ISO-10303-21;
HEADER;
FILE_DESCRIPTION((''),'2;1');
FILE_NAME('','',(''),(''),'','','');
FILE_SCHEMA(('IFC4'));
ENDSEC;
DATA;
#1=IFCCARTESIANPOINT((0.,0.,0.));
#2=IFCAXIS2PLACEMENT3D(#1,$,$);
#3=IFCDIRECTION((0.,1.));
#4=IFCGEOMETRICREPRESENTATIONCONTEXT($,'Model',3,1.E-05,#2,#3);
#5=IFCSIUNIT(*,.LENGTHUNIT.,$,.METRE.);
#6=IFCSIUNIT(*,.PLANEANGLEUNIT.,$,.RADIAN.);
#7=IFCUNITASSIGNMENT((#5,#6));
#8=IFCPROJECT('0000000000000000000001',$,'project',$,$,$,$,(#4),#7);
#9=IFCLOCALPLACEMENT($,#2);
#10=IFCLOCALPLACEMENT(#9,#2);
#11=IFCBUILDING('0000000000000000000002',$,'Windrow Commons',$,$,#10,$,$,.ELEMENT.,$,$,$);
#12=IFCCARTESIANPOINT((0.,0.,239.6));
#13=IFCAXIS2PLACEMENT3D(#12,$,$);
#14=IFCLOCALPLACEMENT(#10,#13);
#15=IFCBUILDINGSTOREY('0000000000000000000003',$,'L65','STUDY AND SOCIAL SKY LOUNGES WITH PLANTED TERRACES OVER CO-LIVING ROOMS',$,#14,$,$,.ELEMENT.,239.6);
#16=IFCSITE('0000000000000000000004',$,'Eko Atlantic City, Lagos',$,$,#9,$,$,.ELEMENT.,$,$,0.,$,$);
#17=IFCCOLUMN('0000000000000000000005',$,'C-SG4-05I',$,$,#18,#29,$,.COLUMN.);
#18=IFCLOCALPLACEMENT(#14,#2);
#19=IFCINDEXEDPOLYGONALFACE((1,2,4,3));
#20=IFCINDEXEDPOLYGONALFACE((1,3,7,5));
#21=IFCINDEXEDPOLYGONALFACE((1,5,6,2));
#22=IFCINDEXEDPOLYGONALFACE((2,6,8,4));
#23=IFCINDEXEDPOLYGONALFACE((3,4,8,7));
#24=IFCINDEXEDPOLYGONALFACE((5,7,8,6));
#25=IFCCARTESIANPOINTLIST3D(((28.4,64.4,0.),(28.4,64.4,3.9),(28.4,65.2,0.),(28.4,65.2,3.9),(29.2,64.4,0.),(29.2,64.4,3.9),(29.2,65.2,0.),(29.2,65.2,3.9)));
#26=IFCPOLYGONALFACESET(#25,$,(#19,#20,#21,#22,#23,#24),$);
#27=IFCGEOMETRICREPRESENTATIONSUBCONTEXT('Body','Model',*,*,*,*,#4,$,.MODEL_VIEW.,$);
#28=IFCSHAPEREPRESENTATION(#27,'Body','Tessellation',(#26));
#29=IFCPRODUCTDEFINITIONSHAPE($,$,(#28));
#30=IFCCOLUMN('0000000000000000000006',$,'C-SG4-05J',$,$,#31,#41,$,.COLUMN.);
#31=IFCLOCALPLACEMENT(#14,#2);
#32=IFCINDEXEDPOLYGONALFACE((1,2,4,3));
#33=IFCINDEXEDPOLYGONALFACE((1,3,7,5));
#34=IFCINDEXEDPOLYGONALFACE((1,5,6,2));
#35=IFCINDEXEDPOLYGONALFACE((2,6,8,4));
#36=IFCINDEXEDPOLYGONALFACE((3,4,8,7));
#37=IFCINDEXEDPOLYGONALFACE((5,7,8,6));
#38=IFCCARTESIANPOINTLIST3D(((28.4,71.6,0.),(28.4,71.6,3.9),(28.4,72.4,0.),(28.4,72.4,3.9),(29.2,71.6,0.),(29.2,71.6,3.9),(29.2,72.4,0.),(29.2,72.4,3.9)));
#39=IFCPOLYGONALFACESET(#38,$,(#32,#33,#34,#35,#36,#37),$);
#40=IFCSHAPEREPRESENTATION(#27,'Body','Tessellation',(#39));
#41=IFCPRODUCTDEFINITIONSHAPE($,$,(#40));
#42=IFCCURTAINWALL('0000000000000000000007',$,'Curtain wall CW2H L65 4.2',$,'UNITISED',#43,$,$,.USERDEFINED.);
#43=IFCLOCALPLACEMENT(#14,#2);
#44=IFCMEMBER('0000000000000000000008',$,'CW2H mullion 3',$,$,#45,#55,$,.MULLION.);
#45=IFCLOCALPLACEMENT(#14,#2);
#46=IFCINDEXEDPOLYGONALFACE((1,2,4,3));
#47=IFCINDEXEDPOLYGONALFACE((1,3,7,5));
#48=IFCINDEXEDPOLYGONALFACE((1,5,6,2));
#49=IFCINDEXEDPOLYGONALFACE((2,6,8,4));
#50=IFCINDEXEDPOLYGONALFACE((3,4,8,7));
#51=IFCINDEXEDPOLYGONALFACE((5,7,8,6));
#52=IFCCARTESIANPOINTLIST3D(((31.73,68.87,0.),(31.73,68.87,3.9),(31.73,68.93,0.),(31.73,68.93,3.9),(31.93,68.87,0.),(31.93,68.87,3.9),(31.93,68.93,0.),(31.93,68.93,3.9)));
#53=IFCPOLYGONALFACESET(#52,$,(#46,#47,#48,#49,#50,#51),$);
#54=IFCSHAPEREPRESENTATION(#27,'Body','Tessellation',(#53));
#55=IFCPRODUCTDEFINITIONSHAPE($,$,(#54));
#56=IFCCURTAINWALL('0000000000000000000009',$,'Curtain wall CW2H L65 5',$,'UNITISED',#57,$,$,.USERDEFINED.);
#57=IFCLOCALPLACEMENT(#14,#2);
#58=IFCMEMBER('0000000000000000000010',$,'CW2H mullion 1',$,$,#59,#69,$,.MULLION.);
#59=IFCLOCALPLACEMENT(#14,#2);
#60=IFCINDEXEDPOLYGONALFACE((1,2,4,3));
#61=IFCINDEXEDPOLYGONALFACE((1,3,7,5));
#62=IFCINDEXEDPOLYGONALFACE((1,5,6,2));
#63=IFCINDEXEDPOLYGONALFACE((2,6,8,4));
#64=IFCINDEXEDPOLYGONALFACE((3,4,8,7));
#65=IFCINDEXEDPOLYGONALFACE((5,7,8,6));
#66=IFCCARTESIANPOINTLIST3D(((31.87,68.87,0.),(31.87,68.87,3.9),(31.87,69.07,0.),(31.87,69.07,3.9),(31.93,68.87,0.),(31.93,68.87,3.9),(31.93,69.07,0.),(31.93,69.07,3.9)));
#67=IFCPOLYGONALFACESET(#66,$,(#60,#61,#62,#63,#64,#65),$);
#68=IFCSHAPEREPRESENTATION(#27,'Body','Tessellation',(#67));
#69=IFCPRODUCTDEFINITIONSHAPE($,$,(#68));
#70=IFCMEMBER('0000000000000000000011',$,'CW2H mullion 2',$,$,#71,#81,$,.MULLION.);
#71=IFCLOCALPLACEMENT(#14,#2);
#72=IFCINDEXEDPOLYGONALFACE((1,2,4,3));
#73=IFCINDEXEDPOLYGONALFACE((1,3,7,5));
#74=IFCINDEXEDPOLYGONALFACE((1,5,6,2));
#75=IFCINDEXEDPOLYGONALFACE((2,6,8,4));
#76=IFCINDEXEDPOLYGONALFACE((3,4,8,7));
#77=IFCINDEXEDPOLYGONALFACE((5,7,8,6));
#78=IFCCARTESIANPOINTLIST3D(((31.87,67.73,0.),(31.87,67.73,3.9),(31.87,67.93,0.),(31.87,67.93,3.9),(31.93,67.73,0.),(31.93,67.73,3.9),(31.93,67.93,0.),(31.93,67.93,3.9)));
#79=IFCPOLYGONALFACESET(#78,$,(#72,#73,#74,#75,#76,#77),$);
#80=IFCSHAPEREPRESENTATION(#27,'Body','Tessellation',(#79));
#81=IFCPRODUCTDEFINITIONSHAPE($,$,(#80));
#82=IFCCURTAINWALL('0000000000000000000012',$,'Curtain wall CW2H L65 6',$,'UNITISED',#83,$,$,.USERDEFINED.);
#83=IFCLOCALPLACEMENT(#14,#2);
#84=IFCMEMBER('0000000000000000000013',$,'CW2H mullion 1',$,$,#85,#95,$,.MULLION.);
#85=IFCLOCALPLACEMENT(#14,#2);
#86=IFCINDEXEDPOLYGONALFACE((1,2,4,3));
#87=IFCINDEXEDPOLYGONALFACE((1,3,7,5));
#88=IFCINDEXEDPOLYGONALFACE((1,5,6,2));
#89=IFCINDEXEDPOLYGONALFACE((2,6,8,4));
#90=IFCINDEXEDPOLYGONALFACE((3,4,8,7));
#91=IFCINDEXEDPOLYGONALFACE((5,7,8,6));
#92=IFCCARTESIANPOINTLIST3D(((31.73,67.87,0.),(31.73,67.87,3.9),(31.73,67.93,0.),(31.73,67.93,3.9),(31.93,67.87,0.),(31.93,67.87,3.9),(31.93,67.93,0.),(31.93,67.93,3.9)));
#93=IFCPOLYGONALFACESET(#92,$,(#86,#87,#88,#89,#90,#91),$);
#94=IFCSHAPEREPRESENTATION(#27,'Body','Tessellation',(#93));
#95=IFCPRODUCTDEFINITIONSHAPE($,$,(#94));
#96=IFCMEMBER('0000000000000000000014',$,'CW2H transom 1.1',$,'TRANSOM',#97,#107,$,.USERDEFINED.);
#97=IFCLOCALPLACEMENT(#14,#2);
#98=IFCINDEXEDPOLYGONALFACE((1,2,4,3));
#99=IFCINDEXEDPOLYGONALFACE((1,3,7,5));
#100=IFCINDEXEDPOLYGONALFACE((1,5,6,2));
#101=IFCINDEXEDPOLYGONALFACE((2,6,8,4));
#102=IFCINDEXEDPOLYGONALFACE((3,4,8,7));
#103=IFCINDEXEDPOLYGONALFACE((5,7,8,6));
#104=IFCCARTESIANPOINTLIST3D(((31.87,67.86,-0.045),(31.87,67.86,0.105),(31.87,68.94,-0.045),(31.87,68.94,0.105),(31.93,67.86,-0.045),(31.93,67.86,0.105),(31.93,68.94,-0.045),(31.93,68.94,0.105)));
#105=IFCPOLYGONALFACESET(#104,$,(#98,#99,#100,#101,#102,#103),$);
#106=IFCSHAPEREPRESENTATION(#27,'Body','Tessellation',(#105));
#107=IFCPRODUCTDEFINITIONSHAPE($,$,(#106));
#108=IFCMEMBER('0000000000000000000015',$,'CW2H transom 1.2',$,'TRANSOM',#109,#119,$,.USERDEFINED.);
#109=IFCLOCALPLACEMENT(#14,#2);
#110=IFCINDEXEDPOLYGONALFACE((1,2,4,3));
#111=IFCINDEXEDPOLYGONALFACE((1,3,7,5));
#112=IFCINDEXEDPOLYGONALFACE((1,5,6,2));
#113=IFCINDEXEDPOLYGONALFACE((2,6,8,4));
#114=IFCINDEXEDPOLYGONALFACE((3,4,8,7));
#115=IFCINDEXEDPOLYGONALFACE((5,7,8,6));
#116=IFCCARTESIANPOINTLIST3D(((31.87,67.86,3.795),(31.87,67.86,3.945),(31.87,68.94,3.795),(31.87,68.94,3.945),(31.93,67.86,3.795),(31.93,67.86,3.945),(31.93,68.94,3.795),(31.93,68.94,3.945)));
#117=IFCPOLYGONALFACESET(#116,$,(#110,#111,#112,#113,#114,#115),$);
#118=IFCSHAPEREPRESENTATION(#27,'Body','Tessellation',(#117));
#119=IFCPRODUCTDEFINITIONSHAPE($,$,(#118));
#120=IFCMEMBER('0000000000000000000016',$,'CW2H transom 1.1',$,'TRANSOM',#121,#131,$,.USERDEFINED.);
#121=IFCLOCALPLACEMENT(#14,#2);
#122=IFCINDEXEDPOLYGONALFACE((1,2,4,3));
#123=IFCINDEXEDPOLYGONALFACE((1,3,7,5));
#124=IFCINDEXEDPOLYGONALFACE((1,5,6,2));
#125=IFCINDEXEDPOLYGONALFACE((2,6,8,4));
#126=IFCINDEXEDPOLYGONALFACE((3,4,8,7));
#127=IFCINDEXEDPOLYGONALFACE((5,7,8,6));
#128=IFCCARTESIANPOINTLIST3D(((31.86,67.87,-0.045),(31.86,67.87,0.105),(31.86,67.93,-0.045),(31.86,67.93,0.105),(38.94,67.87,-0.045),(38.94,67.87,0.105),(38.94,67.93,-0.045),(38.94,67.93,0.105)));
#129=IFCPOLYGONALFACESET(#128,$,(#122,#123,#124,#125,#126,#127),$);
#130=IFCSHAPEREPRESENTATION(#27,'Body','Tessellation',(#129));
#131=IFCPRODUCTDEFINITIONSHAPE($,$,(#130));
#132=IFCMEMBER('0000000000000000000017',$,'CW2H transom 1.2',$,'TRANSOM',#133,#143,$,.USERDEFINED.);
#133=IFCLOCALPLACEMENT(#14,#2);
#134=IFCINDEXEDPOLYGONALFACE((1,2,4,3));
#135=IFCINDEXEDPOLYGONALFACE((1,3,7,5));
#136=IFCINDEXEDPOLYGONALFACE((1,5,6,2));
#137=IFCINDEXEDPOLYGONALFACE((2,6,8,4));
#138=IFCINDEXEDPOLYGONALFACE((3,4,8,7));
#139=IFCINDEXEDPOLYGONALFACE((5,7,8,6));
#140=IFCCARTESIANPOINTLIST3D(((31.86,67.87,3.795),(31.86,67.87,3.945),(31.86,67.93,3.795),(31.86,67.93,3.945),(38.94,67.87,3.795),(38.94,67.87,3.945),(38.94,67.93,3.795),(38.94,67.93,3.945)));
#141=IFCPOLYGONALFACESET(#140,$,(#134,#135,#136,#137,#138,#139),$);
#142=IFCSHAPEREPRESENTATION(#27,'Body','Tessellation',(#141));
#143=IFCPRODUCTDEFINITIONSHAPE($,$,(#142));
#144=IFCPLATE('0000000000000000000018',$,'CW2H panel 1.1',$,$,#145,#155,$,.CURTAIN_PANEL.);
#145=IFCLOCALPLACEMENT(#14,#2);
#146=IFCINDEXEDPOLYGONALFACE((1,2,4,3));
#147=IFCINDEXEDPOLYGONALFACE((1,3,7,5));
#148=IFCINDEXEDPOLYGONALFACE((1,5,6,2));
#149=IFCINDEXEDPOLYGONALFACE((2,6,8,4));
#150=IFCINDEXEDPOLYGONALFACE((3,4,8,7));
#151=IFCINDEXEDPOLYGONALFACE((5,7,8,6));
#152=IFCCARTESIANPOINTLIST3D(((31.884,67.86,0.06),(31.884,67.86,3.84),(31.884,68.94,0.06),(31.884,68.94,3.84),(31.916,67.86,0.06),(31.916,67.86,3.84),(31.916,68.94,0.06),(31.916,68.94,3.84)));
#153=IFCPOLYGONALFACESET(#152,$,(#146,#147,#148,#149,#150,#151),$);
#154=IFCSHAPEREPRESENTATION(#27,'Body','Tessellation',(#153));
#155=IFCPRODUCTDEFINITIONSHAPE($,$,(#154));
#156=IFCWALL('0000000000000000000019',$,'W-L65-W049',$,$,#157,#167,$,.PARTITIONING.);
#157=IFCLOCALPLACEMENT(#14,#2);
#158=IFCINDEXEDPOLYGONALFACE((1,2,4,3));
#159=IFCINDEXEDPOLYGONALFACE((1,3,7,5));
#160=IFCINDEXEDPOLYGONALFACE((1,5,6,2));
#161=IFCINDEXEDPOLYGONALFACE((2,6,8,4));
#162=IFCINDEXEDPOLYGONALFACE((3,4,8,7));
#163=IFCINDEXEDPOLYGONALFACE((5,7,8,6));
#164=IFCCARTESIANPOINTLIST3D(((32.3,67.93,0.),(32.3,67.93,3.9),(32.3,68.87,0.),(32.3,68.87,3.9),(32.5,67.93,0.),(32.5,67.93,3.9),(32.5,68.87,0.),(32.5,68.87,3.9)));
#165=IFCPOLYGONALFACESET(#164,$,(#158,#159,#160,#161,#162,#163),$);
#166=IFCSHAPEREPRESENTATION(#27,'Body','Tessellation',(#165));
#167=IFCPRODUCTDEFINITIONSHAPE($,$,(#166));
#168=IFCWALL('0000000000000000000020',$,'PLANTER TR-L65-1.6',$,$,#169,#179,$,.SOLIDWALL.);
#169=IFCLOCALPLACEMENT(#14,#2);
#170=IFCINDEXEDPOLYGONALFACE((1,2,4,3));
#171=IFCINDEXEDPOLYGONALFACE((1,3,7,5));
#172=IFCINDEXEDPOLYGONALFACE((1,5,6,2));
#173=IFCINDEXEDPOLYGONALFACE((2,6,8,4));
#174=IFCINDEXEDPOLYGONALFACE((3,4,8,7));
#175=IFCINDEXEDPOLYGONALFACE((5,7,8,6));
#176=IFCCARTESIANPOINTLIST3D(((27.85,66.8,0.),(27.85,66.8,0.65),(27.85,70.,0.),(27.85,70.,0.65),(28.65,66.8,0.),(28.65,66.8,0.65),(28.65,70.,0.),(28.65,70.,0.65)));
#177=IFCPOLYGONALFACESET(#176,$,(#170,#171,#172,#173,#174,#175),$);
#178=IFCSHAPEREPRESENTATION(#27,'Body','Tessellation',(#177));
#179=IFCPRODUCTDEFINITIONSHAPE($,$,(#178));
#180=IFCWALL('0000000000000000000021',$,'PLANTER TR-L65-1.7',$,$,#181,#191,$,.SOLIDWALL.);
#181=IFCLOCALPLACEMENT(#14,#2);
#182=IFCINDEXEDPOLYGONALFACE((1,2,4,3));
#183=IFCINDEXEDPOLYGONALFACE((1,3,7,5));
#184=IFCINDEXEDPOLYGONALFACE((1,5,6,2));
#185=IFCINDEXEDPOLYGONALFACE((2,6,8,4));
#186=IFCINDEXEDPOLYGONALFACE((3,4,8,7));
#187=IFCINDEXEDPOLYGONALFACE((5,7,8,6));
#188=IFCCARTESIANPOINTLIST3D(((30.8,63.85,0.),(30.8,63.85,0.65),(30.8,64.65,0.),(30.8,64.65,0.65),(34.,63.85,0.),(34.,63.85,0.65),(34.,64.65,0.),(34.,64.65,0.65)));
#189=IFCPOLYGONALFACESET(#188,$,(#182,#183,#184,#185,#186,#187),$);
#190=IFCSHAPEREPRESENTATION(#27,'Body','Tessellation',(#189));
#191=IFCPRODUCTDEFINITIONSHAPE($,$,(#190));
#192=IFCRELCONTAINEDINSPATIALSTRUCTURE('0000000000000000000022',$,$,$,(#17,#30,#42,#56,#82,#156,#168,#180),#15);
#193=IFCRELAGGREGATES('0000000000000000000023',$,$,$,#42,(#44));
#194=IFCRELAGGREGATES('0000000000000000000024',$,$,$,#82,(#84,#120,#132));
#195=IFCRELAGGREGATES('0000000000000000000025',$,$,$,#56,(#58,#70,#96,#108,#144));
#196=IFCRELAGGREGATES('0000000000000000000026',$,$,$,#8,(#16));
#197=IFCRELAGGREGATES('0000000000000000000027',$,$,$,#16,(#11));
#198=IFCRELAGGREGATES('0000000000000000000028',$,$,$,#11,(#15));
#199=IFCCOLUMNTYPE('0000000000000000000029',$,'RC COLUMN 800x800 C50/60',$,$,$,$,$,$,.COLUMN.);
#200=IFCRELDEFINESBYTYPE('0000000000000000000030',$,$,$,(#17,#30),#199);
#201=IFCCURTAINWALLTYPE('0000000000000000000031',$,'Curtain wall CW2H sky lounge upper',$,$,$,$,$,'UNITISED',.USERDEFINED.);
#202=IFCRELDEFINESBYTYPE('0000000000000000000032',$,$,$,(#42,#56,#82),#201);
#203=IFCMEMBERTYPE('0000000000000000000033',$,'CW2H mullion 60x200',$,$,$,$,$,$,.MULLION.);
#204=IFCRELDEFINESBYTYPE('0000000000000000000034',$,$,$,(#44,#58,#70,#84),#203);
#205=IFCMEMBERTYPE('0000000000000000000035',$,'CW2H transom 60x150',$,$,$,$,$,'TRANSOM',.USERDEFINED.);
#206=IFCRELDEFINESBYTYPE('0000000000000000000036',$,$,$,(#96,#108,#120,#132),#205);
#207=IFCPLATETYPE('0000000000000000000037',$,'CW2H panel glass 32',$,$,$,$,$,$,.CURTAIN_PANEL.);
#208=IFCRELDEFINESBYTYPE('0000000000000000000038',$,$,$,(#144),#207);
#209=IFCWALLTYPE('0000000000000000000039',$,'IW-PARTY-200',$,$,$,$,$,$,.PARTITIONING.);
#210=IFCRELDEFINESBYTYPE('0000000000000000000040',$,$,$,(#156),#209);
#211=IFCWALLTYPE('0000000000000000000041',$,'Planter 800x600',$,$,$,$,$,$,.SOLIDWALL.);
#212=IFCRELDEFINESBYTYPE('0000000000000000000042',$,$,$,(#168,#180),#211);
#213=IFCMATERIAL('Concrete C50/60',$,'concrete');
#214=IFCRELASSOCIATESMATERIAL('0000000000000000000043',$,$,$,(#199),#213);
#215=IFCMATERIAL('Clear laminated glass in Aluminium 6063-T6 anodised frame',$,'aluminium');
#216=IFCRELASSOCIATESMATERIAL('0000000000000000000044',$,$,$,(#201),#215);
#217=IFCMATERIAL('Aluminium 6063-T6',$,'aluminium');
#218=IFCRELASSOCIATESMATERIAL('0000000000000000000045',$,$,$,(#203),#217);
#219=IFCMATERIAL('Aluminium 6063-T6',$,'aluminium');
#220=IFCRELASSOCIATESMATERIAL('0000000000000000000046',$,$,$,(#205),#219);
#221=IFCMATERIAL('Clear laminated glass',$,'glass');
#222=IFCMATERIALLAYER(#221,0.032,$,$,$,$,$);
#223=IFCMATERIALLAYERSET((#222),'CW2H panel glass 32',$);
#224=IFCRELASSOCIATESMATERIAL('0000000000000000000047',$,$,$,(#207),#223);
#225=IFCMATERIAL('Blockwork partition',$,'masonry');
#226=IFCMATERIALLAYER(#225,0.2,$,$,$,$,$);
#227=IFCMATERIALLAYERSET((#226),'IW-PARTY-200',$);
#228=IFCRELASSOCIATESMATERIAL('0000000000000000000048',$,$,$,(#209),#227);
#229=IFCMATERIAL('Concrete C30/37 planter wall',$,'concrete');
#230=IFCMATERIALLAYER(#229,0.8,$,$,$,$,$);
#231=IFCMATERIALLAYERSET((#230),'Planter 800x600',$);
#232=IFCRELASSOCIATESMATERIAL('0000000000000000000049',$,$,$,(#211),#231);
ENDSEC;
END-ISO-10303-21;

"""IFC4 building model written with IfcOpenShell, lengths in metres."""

from ifc_helpers import new_model, si_unit, direction, frame, frame_2d, origin, origin_2d, place, context, subcontext, project, spatial, rectangle, extrude, material, layer, layer_set, material_profile, profile_set, type_object, element, aggregate, save


model = new_model("IFC4")

# Units and contexts
model_context = context("Model", 3, precision=1e-05, world=origin(), true_north=direction((0.0, 1.0)))
body_context = subcontext(model_context, "Body", "Model", "MODEL_VIEW")
ifc_project = project(units=[si_unit("LENGTHUNIT", "METRE"), si_unit("PLANEANGLEUNIT", "RADIAN")], contexts=[model_context])

# Site, building, storey
site_placement = place(None, origin())
site = spatial("IfcSite", under=ifc_project, at=site_placement, Name="Eko Atlantic City, Lagos", CompositionType="ELEMENT", RefElevation=0.0)
building_placement = place(site_placement, origin())
building = spatial("IfcBuilding", under=site, at=building_placement, Name="Windrow Commons", CompositionType="ELEMENT")
storey_placement = place(building_placement, frame((0.0, 0.0, 239.6)))
storey = spatial("IfcBuildingStorey", under=building, at=storey_placement, Name="L65", Description="STUDY AND SOCIAL SKY LOUNGES WITH PLANTED TERRACES OVER CO-LIVING ROOMS", CompositionType="ELEMENT", Elevation=239.6)

# Columns
ifc_material_1 = material(Name="Concrete C50/60", Category="concrete")
ifc_material_profile_1 = material_profile(ifc_material_1, rectangle(XDim=0.8, YDim=0.8, at=origin_2d()))
ifc_profile_set_1 = profile_set([ifc_material_profile_1], Name="Concrete C50/60")
column_type = type_object("IfcColumnType", Name="RC COLUMN 800x800 C50/60", PredefinedType="COLUMN", material=ifc_profile_set_1)
for number, where, z_axis, x_axis, name in (
    (1, (28.8, 64.8, 0.0), (0.0, 0.0, 1.0), (1.0, 0.0, 0.0), "C-SG4-05I"),
    (2, (28.8, 72.0, 0.0), (0.0, 0.0, 1.0), (1.0, 0.0, 0.0), "C-SG4-05J"),
):
    element("IfcColumn", number, at=place(storey_placement, frame(where, z_axis=z_axis, x_axis=x_axis)), inside=storey, type_object=column_type, Name=name, PredefinedType="COLUMN", context=body_context, shape_type="SweptSolid", body=[
        extrude(rectangle(XDim=0.8, YDim=0.8, at=origin_2d()), origin(), (0.0, 0.0, 1.0), 3.9),
    ])

# Curtain wall, member
ifc_material_2 = material(Name="Clear laminated glass in Aluminium 6063-T6 anodised frame", Category="aluminium")
curtain_wall_type = type_object("IfcCurtainWallType", Name="Curtain wall CW2H sky lounge upper", ElementType="UNITISED", PredefinedType="USERDEFINED", material=ifc_material_2)
placement = place(storey_placement, origin())
curtain_wall_1 = element("IfcCurtainWall", 3, at=placement, inside=storey, type_object=curtain_wall_type, Name="Curtain wall CW2H L65 4.2", ObjectType="UNITISED", PredefinedType="USERDEFINED")
ifc_material_3 = material(Name="Aluminium 6063-T6", Category="aluminium")
ifc_material_profile_2 = material_profile(ifc_material_3, rectangle(XDim=0.06, YDim=0.2, at=origin_2d()))
ifc_profile_set_2 = profile_set([ifc_material_profile_2], Name="Aluminium 6063-T6")
member_type_1 = type_object("IfcMemberType", Name="CW2H mullion 60x200", PredefinedType="MULLION", material=ifc_profile_set_2)
member_1_placement = place(storey_placement, frame((31.83, 68.9, 0.0), z_axis=(0.0, 0.0, 1.0), x_axis=(0.0, -1.0, 0.0)))
member_1 = element("IfcMember", 4, at=member_1_placement, type_object=member_type_1, Name="CW2H mullion 3", PredefinedType="MULLION", context=body_context, shape_type="SweptSolid", body=[
    extrude(rectangle(XDim=0.06, YDim=0.2, at=origin_2d()), origin(), (0.0, 0.0, 1.0), 3.9),
])
aggregate(curtain_wall_1, [member_1])

# Curtain wall, members
curtain_wall_2 = element("IfcCurtainWall", 5, at=placement, inside=storey, type_object=curtain_wall_type, Name="Curtain wall CW2H L65 5", ObjectType="UNITISED", PredefinedType="USERDEFINED")
member_2_placement = place(storey_placement, frame((31.9, 68.97, 0.0), z_axis=(0.0, 0.0, 1.0), x_axis=(1.0, 0.0, 0.0)))
member_2 = element("IfcMember", 6, at=member_2_placement, type_object=member_type_1, Name="CW2H mullion 1", PredefinedType="MULLION", context=body_context, shape_type="SweptSolid", body=[
    extrude(rectangle(XDim=0.06, YDim=0.2, at=origin_2d()), origin(), (0.0, 0.0, 1.0), 3.9),
])
member_3_placement = place(storey_placement, frame((31.9, 67.83, 0.0), z_axis=(0.0, 0.0, 1.0), x_axis=(1.0, 0.0, 0.0)))
member_3 = element("IfcMember", 7, at=member_3_placement, type_object=member_type_1, Name="CW2H mullion 2", PredefinedType="MULLION", context=body_context, shape_type="SweptSolid", body=[
    extrude(rectangle(XDim=0.06, YDim=0.2, at=origin_2d()), origin(), (0.0, 0.0, 1.0), 3.9),
])

# Curtain wall, member
curtain_wall_3 = element("IfcCurtainWall", 8, at=placement, inside=storey, type_object=curtain_wall_type, Name="Curtain wall CW2H L65 6", ObjectType="UNITISED", PredefinedType="USERDEFINED")
member_4_placement = place(storey_placement, frame((31.83, 67.9, 0.0), z_axis=(0.0, 0.0, 1.0), x_axis=(0.0, 1.0, 0.0)))
member_4 = element("IfcMember", 9, at=member_4_placement, type_object=member_type_1, Name="CW2H mullion 1", PredefinedType="MULLION", context=body_context, shape_type="SweptSolid", body=[
    extrude(rectangle(XDim=0.06, YDim=0.2, at=origin_2d()), origin(), (0.0, 0.0, 1.0), 3.9),
])

# Members
ifc_material_4 = material(Name="Aluminium 6063-T6", Category="aluminium")
ifc_material_profile_3 = material_profile(ifc_material_4, rectangle(XDim=0.06, YDim=0.15, at=origin_2d()))
ifc_profile_set_3 = profile_set([ifc_material_profile_3], Name="Aluminium 6063-T6")
member_type_2 = type_object("IfcMemberType", Name="CW2H transom 60x150", ElementType="TRANSOM", PredefinedType="USERDEFINED", material=ifc_profile_set_3)
member_5_placement = place(storey_placement, frame((31.9, 68.94, 0.03), z_axis=(0.0, -1.0, 0.0), x_axis=(1.0, 0.0, 0.0)))
member_5 = element("IfcMember", 10, at=member_5_placement, type_object=member_type_2, Name="CW2H transom 1.1", ObjectType="TRANSOM", PredefinedType="USERDEFINED", context=body_context, shape_type="SweptSolid", body=[
    extrude(rectangle(XDim=0.06, YDim=0.15, at=origin_2d()), origin(), (0.0, 0.0, 1.0), 1.08),
])
member_6_placement = place(storey_placement, frame((31.9, 68.94, 3.87), z_axis=(0.0, -1.0, 0.0), x_axis=(1.0, 0.0, 0.0)))
member_6 = element("IfcMember", 11, at=member_6_placement, type_object=member_type_2, Name="CW2H transom 1.2", ObjectType="TRANSOM", PredefinedType="USERDEFINED", context=body_context, shape_type="SweptSolid", body=[
    extrude(rectangle(XDim=0.06, YDim=0.15, at=origin_2d()), origin(), (0.0, 0.0, 1.0), 1.08),
])
member_7_placement = place(storey_placement, frame((31.86, 67.9, 0.03), z_axis=(1.0, 0.0, 0.0), x_axis=(0.0, 1.0, 0.0)))
member_7 = element("IfcMember", 12, at=member_7_placement, type_object=member_type_2, Name="CW2H transom 1.1", ObjectType="TRANSOM", PredefinedType="USERDEFINED", context=body_context, shape_type="SweptSolid", body=[
    extrude(rectangle(XDim=0.06, YDim=0.15, at=origin_2d()), origin(), (0.0, 0.0, 1.0), 7.08),
])
member_8_placement = place(storey_placement, frame((31.86, 67.9, 3.87), z_axis=(1.0, 0.0, 0.0), x_axis=(0.0, 1.0, 0.0)))
member_8 = element("IfcMember", 13, at=member_8_placement, type_object=member_type_2, Name="CW2H transom 1.2", ObjectType="TRANSOM", PredefinedType="USERDEFINED", context=body_context, shape_type="SweptSolid", body=[
    extrude(rectangle(XDim=0.06, YDim=0.15, at=origin_2d()), origin(), (0.0, 0.0, 1.0), 7.08),
])
aggregate(curtain_wall_3, [member_4, member_7, member_8])

# Plate
ifc_material_5 = material(Name="Clear laminated glass", Category="glass")
ifc_layer_1 = layer(ifc_material_5, 0.032)
ifc_layer_set_1 = layer_set([ifc_layer_1], Name="CW2H panel glass 32")
plate_type = type_object("IfcPlateType", Name="CW2H panel glass 32", PredefinedType="CURTAIN_PANEL", material=ifc_layer_set_1)
plate_placement = place(storey_placement, frame((31.9, 68.4, 0.06), z_axis=(0.0, 0.0, 1.0), x_axis=(0.0, -1.0, 0.0)))
plate = element("IfcPlate", 14, at=plate_placement, type_object=plate_type, Name="CW2H panel 1.1", PredefinedType="CURTAIN_PANEL", context=body_context, shape_type="SweptSolid", body=[
    extrude(rectangle(XDim=1.08, YDim=0.032, at=origin_2d()), origin(), (0.0, 0.0, 1.0), 3.78),
])
aggregate(curtain_wall_2, [member_2, member_3, member_5, member_6, plate])

# Walls
ifc_material_6 = material(Name="Blockwork partition", Category="masonry")
ifc_layer_2 = layer(ifc_material_6, 0.2)
ifc_layer_set_2 = layer_set([ifc_layer_2], Name="IW-PARTY-200")
wall_type_1 = type_object("IfcWallType", Name="IW-PARTY-200", PredefinedType="PARTITIONING", material=ifc_layer_set_2)
wall_placement = place(storey_placement, frame((32.4, 67.93, 0.0), z_axis=(0.0, 0.0, 1.0), x_axis=(0.0, 1.0, 0.0)))
element("IfcWall", 15, at=wall_placement, inside=storey, type_object=wall_type_1, Name="W-L65-W049", PredefinedType="PARTITIONING", context=body_context, shape_type="SweptSolid", body=[
    extrude(rectangle(XDim=0.94, YDim=0.2, at=frame_2d((0.47, 0.0))), origin(), (0.0, 0.0, 1.0), 3.9),
])
ifc_material_7 = material(Name="Concrete C30/37 planter wall", Category="concrete")
ifc_layer_3 = layer(ifc_material_7, 0.8)
ifc_layer_set_3 = layer_set([ifc_layer_3], Name="Planter 800x600")
wall_type_2 = type_object("IfcWallType", Name="Planter 800x600", PredefinedType="SOLIDWALL", material=ifc_layer_set_3)
for number, where, z_axis, x_axis, name in (
    (16, (28.25, 70.0, 0.0), (0.0, 0.0, 1.0), (0.0, -1.0, 0.0), "PLANTER TR-L65-1.6"),
    (17, (30.8, 64.25, 0.0), (0.0, 0.0, 1.0), (1.0, 0.0, 0.0), "PLANTER TR-L65-1.7"),
):
    element("IfcWall", number, at=place(storey_placement, frame(where, z_axis=z_axis, x_axis=x_axis)), inside=storey, type_object=wall_type_2, Name=name, PredefinedType="SOLIDWALL", context=body_context, shape_type="SweptSolid", body=[
        extrude(rectangle(XDim=3.2, YDim=0.8, at=frame_2d((1.6, 0.0))), origin(), (0.0, 0.0, 1.0), 0.65),
    ])

save(model, "model.ifc")
